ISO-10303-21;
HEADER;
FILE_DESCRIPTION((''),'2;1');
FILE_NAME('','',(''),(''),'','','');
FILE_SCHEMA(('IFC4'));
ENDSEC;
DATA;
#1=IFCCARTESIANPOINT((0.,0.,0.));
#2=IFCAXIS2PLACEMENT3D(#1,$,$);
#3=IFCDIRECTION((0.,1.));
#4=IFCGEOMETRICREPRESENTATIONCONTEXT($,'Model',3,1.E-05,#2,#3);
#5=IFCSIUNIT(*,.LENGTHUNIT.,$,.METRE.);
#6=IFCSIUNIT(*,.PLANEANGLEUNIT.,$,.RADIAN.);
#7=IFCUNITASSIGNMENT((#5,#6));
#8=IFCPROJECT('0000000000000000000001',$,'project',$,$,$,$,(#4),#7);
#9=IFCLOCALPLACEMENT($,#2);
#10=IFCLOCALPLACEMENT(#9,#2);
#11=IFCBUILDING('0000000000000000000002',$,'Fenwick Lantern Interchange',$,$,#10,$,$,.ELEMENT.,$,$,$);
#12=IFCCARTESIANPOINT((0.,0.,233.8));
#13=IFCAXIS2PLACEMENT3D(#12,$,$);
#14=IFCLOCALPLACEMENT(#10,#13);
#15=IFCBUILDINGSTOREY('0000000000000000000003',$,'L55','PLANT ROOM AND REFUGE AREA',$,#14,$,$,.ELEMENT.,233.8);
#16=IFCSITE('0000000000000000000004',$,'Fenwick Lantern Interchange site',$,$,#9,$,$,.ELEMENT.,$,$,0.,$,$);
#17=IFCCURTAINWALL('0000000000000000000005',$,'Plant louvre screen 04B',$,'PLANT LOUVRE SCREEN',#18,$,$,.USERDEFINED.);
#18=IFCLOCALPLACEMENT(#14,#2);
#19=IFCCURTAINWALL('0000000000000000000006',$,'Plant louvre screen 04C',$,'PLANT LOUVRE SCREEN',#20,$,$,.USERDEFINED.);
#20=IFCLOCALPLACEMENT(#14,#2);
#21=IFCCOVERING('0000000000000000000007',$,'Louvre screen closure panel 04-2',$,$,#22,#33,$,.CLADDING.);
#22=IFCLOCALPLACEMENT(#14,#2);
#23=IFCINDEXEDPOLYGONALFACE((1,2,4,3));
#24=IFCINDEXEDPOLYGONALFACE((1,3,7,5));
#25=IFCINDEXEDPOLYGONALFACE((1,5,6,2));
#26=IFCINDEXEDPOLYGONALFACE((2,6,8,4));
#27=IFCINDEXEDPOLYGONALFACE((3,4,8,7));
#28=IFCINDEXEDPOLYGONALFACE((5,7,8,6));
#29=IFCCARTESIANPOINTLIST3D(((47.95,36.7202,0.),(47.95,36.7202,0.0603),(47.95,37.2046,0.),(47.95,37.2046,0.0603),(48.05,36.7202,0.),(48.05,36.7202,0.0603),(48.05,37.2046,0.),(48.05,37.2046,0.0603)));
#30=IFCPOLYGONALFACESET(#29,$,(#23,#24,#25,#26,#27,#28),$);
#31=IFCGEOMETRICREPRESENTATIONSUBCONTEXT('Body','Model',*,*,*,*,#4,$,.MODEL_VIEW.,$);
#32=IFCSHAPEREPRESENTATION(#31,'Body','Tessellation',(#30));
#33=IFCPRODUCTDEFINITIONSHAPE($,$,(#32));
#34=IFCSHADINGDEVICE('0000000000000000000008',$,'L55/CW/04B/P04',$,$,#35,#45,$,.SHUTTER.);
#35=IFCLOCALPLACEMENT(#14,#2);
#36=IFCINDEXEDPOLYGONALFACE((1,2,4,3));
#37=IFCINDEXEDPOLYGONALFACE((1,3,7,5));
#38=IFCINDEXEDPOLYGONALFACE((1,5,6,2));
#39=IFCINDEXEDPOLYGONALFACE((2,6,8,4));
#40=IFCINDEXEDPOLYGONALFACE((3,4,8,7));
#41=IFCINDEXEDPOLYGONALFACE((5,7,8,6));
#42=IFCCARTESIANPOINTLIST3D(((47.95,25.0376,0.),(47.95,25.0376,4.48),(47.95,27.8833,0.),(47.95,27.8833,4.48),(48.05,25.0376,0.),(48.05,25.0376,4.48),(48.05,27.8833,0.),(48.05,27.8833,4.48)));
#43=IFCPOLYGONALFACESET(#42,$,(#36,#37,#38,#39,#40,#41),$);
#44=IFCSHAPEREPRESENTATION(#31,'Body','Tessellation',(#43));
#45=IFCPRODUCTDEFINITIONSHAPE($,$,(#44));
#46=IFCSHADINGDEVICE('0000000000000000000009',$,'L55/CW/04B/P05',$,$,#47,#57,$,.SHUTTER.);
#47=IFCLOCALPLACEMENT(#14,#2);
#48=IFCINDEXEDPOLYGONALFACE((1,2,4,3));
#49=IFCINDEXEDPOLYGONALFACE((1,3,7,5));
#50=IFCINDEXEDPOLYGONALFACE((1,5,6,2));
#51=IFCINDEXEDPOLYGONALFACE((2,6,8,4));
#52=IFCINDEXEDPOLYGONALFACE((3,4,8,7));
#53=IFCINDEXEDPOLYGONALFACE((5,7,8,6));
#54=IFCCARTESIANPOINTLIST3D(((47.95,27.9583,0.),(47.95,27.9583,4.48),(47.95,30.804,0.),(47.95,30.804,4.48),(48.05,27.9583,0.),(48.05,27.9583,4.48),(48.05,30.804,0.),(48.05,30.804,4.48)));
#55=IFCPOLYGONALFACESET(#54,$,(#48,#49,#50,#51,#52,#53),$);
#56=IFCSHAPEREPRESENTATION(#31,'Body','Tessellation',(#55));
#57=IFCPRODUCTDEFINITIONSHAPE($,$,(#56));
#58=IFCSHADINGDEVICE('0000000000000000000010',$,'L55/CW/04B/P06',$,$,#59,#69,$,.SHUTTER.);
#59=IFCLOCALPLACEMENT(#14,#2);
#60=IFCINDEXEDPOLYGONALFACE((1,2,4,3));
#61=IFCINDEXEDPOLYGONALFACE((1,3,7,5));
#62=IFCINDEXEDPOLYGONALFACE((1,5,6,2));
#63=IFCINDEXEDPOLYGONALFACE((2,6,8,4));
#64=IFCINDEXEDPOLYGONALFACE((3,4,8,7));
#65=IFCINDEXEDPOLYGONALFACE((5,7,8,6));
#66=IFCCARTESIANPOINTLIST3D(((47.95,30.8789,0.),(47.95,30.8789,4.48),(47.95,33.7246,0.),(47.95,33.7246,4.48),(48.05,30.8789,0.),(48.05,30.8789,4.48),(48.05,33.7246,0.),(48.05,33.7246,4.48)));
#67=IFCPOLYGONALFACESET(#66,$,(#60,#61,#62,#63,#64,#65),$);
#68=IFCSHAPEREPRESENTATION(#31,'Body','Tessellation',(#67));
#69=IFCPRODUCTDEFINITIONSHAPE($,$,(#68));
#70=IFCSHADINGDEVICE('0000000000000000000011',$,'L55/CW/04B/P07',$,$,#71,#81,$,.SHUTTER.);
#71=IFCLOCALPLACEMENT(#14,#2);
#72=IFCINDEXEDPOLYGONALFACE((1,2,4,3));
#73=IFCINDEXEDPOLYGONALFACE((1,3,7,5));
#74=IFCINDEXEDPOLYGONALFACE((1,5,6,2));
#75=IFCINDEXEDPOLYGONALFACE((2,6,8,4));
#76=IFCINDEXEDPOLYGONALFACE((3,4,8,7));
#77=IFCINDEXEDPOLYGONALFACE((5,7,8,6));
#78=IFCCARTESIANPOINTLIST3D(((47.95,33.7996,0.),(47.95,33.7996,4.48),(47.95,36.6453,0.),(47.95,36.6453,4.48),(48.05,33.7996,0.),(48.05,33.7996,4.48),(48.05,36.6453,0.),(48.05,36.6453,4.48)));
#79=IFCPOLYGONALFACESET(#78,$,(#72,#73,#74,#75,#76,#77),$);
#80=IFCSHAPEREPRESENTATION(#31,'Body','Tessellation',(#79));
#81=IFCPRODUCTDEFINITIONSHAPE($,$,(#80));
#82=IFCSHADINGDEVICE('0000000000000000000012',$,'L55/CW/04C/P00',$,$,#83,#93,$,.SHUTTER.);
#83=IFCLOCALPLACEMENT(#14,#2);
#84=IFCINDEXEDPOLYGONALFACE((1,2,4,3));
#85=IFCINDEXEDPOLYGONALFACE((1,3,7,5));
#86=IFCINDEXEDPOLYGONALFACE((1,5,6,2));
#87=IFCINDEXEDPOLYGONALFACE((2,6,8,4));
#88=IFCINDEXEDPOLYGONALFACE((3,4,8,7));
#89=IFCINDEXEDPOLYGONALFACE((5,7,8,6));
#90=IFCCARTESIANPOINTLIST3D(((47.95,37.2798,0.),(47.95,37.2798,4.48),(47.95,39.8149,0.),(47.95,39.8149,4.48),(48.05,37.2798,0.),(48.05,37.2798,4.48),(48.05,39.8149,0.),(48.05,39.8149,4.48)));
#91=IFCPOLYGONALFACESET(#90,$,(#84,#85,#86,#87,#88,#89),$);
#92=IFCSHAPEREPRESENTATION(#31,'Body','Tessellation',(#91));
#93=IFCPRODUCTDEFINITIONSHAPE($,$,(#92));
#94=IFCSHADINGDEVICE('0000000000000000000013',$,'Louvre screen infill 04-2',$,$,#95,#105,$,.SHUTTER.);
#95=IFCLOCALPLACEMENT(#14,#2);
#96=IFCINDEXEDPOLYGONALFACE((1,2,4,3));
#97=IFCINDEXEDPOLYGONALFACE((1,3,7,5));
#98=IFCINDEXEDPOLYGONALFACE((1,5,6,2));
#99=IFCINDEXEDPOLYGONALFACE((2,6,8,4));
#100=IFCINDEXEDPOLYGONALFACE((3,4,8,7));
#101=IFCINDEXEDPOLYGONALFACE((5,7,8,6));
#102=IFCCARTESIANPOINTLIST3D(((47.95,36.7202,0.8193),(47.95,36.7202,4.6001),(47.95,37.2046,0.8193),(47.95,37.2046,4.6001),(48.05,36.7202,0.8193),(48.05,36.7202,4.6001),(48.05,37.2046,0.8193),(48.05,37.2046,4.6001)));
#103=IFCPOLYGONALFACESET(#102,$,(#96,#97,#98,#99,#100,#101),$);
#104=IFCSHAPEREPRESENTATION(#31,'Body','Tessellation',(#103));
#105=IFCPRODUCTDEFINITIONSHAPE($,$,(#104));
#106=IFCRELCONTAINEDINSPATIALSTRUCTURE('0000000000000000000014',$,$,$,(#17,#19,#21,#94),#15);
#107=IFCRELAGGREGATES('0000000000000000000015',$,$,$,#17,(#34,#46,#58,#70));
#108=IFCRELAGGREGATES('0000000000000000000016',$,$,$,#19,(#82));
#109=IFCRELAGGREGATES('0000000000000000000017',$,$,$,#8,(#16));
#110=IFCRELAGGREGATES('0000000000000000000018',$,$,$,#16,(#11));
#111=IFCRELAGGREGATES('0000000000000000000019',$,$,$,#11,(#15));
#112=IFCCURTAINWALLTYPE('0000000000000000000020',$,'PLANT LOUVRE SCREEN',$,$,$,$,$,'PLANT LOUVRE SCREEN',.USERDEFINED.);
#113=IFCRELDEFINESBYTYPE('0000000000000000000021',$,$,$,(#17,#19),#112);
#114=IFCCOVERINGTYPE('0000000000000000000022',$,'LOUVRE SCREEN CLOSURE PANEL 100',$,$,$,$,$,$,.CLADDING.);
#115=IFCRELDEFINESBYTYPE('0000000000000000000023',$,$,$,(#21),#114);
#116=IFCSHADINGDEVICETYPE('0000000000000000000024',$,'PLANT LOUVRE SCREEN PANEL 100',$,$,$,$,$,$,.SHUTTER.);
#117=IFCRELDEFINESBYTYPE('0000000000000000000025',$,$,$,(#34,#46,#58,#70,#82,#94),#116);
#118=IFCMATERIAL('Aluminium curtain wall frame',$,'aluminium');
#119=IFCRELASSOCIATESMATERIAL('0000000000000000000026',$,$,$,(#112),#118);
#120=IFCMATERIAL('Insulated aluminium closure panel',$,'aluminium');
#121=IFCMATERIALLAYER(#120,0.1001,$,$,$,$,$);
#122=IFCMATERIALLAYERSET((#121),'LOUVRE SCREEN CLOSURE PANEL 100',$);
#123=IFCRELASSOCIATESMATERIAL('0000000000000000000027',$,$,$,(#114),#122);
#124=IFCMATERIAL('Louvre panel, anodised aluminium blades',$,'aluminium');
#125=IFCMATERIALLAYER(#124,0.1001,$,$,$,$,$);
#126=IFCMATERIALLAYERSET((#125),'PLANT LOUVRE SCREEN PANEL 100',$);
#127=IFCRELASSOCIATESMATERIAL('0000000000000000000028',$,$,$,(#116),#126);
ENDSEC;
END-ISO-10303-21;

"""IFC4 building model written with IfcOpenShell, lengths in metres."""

from ifc_helpers import new_model, si_unit, direction, frame, origin, origin_2d, place, context, subcontext, project, spatial, rectangle, extrude, material, layer, layer_set, type_object, element, aggregate, save


model = new_model("IFC4")

# Units and contexts
model_context = context("Model", 3, precision=1e-05, world=origin(), true_north=direction((0.0, 1.0)))
body_context = subcontext(model_context, "Body", "Model", "MODEL_VIEW")
ifc_project = project(units=[si_unit("LENGTHUNIT", "METRE"), si_unit("PLANEANGLEUNIT", "RADIAN")], contexts=[model_context])

# Site, building, storey
site_placement = place(None, origin())
site = spatial("IfcSite", under=ifc_project, at=site_placement, Name="Fenwick Lantern Interchange site", CompositionType="ELEMENT", RefElevation=0.0)
building_placement = place(site_placement, origin())
building = spatial("IfcBuilding", under=site, at=building_placement, Name="Fenwick Lantern Interchange", CompositionType="ELEMENT")
storey_placement = place(building_placement, frame((0.0, 0.0, 233.8)))
storey = spatial("IfcBuildingStorey", under=building, at=storey_placement, Name="L55", Description="PLANT ROOM AND REFUGE AREA", CompositionType="ELEMENT", Elevation=233.8)

# Curtain walls
ifc_material_1 = material(Name="Aluminium curtain wall frame", Category="aluminium")
curtain_wall_type = type_object("IfcCurtainWallType", Name="PLANT LOUVRE SCREEN", ElementType="PLANT LOUVRE SCREEN", PredefinedType="USERDEFINED", material=ifc_material_1)
curtain_wall_1_placement = place(storey_placement, origin())
curtain_wall_1 = element("IfcCurtainWall", 1, at=curtain_wall_1_placement, inside=storey, type_object=curtain_wall_type, Name="Plant louvre screen 04B", ObjectType="PLANT LOUVRE SCREEN", PredefinedType="USERDEFINED")
curtain_wall_2_placement = place(storey_placement, origin())
curtain_wall_2 = element("IfcCurtainWall", 2, at=curtain_wall_2_placement, inside=storey, type_object=curtain_wall_type, Name="Plant louvre screen 04C", ObjectType="PLANT LOUVRE SCREEN", PredefinedType="USERDEFINED")

# Covering
ifc_material_2 = material(Name="Insulated aluminium closure panel", Category="aluminium")
ifc_layer_1 = layer(ifc_material_2, 0.1001)
ifc_layer_set_1 = layer_set([ifc_layer_1], Name="LOUVRE SCREEN CLOSURE PANEL 100")
covering_type = type_object("IfcCoveringType", Name="LOUVRE SCREEN CLOSURE PANEL 100", PredefinedType="CLADDING", material=ifc_layer_set_1)
covering_placement = place(storey_placement, frame((48.0, 36.9624, 0.0), z_axis=(0.0, 0.0, 1.0), x_axis=(0.0, 1.0, 0.0)))
element("IfcCovering", 3, at=covering_placement, inside=storey, type_object=covering_type, Name="Louvre screen closure panel 04-2", PredefinedType="CLADDING", context=body_context, shape_type="SweptSolid", body=[
    extrude(rectangle(XDim=0.4844, YDim=0.1001, at=origin_2d()), origin(), (0.0, 0.0, 1.0), 0.0603),
])

# Shading devices
ifc_material_3 = material(Name="Louvre panel, anodised aluminium blades", Category="aluminium")
ifc_layer_2 = layer(ifc_material_3, 0.1001)
ifc_layer_set_2 = layer_set([ifc_layer_2], Name="PLANT LOUVRE SCREEN PANEL 100")
shading_device_type = type_object("IfcShadingDeviceType", Name="PLANT LOUVRE SCREEN PANEL 100", PredefinedType="SHUTTER", material=ifc_layer_set_2)
shading_device_1_placement = place(storey_placement, frame((48.0, 26.4604, 0.0), z_axis=(0.0, 0.0, 1.0), x_axis=(0.0, 1.0, 0.0)))
shading_device_1 = element("IfcShadingDevice", 4, at=shading_device_1_placement, type_object=shading_device_type, Name="L55/CW/04B/P04", PredefinedType="SHUTTER", context=body_context, shape_type="SweptSolid", body=[
    extrude(rectangle(XDim=2.8457, YDim=0.1001, at=origin_2d()), origin(), (0.0, 0.0, 1.0), 4.48),
])
shading_device_2_placement = place(storey_placement, frame((48.0, 29.3811, 0.0), z_axis=(0.0, 0.0, 1.0), x_axis=(0.0, 1.0, 0.0)))
shading_device_2 = element("IfcShadingDevice", 5, at=shading_device_2_placement, type_object=shading_device_type, Name="L55/CW/04B/P05", PredefinedType="SHUTTER", context=body_context, shape_type="SweptSolid", body=[
    extrude(rectangle(XDim=2.8457, YDim=0.1001, at=origin_2d()), origin(), (0.0, 0.0, 1.0), 4.48),
])
shading_device_3_placement = place(storey_placement, frame((48.0, 32.3018, 0.0), z_axis=(0.0, 0.0, 1.0), x_axis=(0.0, 1.0, 0.0)))
shading_device_3 = element("IfcShadingDevice", 6, at=shading_device_3_placement, type_object=shading_device_type, Name="L55/CW/04B/P06", PredefinedType="SHUTTER", context=body_context, shape_type="SweptSolid", body=[
    extrude(rectangle(XDim=2.8457, YDim=0.1001, at=origin_2d()), origin(), (0.0, 0.0, 1.0), 4.48),
])
shading_device_4_placement = place(storey_placement, frame((48.0, 35.2224, 0.0), z_axis=(0.0, 0.0, 1.0), x_axis=(0.0, 1.0, 0.0)))
shading_device_4 = element("IfcShadingDevice", 7, at=shading_device_4_placement, type_object=shading_device_type, Name="L55/CW/04B/P07", PredefinedType="SHUTTER", context=body_context, shape_type="SweptSolid", body=[
    extrude(rectangle(XDim=2.8457, YDim=0.1001, at=origin_2d()), origin(), (0.0, 0.0, 1.0), 4.48),
])
aggregate(curtain_wall_1, [shading_device_1, shading_device_2, shading_device_3, shading_device_4])
shading_device_5_placement = place(storey_placement, frame((48.0, 38.5474, 0.0), z_axis=(0.0, 0.0, 1.0), x_axis=(0.0, 1.0, 0.0)))
shading_device_5 = element("IfcShadingDevice", 8, at=shading_device_5_placement, type_object=shading_device_type, Name="L55/CW/04C/P00", PredefinedType="SHUTTER", context=body_context, shape_type="SweptSolid", body=[
    extrude(rectangle(XDim=2.5352, YDim=0.1001, at=origin_2d()), origin(), (0.0, 0.0, 1.0), 4.48),
])
aggregate(curtain_wall_2, [shading_device_5])
shading_device_6_placement = place(storey_placement, frame((48.0, 36.9624, 0.8193), z_axis=(0.0, 0.0, 1.0), x_axis=(0.0, 1.0, 0.0)))
element("IfcShadingDevice", 9, at=shading_device_6_placement, inside=storey, type_object=shading_device_type, Name="Louvre screen infill 04-2", PredefinedType="SHUTTER", context=body_context, shape_type="SweptSolid", body=[
    extrude(rectangle(XDim=0.4844, YDim=0.1001, at=origin_2d()), origin(), (0.0, 0.0, 1.0), 3.7808),
])

save(model, "model.ifc")
